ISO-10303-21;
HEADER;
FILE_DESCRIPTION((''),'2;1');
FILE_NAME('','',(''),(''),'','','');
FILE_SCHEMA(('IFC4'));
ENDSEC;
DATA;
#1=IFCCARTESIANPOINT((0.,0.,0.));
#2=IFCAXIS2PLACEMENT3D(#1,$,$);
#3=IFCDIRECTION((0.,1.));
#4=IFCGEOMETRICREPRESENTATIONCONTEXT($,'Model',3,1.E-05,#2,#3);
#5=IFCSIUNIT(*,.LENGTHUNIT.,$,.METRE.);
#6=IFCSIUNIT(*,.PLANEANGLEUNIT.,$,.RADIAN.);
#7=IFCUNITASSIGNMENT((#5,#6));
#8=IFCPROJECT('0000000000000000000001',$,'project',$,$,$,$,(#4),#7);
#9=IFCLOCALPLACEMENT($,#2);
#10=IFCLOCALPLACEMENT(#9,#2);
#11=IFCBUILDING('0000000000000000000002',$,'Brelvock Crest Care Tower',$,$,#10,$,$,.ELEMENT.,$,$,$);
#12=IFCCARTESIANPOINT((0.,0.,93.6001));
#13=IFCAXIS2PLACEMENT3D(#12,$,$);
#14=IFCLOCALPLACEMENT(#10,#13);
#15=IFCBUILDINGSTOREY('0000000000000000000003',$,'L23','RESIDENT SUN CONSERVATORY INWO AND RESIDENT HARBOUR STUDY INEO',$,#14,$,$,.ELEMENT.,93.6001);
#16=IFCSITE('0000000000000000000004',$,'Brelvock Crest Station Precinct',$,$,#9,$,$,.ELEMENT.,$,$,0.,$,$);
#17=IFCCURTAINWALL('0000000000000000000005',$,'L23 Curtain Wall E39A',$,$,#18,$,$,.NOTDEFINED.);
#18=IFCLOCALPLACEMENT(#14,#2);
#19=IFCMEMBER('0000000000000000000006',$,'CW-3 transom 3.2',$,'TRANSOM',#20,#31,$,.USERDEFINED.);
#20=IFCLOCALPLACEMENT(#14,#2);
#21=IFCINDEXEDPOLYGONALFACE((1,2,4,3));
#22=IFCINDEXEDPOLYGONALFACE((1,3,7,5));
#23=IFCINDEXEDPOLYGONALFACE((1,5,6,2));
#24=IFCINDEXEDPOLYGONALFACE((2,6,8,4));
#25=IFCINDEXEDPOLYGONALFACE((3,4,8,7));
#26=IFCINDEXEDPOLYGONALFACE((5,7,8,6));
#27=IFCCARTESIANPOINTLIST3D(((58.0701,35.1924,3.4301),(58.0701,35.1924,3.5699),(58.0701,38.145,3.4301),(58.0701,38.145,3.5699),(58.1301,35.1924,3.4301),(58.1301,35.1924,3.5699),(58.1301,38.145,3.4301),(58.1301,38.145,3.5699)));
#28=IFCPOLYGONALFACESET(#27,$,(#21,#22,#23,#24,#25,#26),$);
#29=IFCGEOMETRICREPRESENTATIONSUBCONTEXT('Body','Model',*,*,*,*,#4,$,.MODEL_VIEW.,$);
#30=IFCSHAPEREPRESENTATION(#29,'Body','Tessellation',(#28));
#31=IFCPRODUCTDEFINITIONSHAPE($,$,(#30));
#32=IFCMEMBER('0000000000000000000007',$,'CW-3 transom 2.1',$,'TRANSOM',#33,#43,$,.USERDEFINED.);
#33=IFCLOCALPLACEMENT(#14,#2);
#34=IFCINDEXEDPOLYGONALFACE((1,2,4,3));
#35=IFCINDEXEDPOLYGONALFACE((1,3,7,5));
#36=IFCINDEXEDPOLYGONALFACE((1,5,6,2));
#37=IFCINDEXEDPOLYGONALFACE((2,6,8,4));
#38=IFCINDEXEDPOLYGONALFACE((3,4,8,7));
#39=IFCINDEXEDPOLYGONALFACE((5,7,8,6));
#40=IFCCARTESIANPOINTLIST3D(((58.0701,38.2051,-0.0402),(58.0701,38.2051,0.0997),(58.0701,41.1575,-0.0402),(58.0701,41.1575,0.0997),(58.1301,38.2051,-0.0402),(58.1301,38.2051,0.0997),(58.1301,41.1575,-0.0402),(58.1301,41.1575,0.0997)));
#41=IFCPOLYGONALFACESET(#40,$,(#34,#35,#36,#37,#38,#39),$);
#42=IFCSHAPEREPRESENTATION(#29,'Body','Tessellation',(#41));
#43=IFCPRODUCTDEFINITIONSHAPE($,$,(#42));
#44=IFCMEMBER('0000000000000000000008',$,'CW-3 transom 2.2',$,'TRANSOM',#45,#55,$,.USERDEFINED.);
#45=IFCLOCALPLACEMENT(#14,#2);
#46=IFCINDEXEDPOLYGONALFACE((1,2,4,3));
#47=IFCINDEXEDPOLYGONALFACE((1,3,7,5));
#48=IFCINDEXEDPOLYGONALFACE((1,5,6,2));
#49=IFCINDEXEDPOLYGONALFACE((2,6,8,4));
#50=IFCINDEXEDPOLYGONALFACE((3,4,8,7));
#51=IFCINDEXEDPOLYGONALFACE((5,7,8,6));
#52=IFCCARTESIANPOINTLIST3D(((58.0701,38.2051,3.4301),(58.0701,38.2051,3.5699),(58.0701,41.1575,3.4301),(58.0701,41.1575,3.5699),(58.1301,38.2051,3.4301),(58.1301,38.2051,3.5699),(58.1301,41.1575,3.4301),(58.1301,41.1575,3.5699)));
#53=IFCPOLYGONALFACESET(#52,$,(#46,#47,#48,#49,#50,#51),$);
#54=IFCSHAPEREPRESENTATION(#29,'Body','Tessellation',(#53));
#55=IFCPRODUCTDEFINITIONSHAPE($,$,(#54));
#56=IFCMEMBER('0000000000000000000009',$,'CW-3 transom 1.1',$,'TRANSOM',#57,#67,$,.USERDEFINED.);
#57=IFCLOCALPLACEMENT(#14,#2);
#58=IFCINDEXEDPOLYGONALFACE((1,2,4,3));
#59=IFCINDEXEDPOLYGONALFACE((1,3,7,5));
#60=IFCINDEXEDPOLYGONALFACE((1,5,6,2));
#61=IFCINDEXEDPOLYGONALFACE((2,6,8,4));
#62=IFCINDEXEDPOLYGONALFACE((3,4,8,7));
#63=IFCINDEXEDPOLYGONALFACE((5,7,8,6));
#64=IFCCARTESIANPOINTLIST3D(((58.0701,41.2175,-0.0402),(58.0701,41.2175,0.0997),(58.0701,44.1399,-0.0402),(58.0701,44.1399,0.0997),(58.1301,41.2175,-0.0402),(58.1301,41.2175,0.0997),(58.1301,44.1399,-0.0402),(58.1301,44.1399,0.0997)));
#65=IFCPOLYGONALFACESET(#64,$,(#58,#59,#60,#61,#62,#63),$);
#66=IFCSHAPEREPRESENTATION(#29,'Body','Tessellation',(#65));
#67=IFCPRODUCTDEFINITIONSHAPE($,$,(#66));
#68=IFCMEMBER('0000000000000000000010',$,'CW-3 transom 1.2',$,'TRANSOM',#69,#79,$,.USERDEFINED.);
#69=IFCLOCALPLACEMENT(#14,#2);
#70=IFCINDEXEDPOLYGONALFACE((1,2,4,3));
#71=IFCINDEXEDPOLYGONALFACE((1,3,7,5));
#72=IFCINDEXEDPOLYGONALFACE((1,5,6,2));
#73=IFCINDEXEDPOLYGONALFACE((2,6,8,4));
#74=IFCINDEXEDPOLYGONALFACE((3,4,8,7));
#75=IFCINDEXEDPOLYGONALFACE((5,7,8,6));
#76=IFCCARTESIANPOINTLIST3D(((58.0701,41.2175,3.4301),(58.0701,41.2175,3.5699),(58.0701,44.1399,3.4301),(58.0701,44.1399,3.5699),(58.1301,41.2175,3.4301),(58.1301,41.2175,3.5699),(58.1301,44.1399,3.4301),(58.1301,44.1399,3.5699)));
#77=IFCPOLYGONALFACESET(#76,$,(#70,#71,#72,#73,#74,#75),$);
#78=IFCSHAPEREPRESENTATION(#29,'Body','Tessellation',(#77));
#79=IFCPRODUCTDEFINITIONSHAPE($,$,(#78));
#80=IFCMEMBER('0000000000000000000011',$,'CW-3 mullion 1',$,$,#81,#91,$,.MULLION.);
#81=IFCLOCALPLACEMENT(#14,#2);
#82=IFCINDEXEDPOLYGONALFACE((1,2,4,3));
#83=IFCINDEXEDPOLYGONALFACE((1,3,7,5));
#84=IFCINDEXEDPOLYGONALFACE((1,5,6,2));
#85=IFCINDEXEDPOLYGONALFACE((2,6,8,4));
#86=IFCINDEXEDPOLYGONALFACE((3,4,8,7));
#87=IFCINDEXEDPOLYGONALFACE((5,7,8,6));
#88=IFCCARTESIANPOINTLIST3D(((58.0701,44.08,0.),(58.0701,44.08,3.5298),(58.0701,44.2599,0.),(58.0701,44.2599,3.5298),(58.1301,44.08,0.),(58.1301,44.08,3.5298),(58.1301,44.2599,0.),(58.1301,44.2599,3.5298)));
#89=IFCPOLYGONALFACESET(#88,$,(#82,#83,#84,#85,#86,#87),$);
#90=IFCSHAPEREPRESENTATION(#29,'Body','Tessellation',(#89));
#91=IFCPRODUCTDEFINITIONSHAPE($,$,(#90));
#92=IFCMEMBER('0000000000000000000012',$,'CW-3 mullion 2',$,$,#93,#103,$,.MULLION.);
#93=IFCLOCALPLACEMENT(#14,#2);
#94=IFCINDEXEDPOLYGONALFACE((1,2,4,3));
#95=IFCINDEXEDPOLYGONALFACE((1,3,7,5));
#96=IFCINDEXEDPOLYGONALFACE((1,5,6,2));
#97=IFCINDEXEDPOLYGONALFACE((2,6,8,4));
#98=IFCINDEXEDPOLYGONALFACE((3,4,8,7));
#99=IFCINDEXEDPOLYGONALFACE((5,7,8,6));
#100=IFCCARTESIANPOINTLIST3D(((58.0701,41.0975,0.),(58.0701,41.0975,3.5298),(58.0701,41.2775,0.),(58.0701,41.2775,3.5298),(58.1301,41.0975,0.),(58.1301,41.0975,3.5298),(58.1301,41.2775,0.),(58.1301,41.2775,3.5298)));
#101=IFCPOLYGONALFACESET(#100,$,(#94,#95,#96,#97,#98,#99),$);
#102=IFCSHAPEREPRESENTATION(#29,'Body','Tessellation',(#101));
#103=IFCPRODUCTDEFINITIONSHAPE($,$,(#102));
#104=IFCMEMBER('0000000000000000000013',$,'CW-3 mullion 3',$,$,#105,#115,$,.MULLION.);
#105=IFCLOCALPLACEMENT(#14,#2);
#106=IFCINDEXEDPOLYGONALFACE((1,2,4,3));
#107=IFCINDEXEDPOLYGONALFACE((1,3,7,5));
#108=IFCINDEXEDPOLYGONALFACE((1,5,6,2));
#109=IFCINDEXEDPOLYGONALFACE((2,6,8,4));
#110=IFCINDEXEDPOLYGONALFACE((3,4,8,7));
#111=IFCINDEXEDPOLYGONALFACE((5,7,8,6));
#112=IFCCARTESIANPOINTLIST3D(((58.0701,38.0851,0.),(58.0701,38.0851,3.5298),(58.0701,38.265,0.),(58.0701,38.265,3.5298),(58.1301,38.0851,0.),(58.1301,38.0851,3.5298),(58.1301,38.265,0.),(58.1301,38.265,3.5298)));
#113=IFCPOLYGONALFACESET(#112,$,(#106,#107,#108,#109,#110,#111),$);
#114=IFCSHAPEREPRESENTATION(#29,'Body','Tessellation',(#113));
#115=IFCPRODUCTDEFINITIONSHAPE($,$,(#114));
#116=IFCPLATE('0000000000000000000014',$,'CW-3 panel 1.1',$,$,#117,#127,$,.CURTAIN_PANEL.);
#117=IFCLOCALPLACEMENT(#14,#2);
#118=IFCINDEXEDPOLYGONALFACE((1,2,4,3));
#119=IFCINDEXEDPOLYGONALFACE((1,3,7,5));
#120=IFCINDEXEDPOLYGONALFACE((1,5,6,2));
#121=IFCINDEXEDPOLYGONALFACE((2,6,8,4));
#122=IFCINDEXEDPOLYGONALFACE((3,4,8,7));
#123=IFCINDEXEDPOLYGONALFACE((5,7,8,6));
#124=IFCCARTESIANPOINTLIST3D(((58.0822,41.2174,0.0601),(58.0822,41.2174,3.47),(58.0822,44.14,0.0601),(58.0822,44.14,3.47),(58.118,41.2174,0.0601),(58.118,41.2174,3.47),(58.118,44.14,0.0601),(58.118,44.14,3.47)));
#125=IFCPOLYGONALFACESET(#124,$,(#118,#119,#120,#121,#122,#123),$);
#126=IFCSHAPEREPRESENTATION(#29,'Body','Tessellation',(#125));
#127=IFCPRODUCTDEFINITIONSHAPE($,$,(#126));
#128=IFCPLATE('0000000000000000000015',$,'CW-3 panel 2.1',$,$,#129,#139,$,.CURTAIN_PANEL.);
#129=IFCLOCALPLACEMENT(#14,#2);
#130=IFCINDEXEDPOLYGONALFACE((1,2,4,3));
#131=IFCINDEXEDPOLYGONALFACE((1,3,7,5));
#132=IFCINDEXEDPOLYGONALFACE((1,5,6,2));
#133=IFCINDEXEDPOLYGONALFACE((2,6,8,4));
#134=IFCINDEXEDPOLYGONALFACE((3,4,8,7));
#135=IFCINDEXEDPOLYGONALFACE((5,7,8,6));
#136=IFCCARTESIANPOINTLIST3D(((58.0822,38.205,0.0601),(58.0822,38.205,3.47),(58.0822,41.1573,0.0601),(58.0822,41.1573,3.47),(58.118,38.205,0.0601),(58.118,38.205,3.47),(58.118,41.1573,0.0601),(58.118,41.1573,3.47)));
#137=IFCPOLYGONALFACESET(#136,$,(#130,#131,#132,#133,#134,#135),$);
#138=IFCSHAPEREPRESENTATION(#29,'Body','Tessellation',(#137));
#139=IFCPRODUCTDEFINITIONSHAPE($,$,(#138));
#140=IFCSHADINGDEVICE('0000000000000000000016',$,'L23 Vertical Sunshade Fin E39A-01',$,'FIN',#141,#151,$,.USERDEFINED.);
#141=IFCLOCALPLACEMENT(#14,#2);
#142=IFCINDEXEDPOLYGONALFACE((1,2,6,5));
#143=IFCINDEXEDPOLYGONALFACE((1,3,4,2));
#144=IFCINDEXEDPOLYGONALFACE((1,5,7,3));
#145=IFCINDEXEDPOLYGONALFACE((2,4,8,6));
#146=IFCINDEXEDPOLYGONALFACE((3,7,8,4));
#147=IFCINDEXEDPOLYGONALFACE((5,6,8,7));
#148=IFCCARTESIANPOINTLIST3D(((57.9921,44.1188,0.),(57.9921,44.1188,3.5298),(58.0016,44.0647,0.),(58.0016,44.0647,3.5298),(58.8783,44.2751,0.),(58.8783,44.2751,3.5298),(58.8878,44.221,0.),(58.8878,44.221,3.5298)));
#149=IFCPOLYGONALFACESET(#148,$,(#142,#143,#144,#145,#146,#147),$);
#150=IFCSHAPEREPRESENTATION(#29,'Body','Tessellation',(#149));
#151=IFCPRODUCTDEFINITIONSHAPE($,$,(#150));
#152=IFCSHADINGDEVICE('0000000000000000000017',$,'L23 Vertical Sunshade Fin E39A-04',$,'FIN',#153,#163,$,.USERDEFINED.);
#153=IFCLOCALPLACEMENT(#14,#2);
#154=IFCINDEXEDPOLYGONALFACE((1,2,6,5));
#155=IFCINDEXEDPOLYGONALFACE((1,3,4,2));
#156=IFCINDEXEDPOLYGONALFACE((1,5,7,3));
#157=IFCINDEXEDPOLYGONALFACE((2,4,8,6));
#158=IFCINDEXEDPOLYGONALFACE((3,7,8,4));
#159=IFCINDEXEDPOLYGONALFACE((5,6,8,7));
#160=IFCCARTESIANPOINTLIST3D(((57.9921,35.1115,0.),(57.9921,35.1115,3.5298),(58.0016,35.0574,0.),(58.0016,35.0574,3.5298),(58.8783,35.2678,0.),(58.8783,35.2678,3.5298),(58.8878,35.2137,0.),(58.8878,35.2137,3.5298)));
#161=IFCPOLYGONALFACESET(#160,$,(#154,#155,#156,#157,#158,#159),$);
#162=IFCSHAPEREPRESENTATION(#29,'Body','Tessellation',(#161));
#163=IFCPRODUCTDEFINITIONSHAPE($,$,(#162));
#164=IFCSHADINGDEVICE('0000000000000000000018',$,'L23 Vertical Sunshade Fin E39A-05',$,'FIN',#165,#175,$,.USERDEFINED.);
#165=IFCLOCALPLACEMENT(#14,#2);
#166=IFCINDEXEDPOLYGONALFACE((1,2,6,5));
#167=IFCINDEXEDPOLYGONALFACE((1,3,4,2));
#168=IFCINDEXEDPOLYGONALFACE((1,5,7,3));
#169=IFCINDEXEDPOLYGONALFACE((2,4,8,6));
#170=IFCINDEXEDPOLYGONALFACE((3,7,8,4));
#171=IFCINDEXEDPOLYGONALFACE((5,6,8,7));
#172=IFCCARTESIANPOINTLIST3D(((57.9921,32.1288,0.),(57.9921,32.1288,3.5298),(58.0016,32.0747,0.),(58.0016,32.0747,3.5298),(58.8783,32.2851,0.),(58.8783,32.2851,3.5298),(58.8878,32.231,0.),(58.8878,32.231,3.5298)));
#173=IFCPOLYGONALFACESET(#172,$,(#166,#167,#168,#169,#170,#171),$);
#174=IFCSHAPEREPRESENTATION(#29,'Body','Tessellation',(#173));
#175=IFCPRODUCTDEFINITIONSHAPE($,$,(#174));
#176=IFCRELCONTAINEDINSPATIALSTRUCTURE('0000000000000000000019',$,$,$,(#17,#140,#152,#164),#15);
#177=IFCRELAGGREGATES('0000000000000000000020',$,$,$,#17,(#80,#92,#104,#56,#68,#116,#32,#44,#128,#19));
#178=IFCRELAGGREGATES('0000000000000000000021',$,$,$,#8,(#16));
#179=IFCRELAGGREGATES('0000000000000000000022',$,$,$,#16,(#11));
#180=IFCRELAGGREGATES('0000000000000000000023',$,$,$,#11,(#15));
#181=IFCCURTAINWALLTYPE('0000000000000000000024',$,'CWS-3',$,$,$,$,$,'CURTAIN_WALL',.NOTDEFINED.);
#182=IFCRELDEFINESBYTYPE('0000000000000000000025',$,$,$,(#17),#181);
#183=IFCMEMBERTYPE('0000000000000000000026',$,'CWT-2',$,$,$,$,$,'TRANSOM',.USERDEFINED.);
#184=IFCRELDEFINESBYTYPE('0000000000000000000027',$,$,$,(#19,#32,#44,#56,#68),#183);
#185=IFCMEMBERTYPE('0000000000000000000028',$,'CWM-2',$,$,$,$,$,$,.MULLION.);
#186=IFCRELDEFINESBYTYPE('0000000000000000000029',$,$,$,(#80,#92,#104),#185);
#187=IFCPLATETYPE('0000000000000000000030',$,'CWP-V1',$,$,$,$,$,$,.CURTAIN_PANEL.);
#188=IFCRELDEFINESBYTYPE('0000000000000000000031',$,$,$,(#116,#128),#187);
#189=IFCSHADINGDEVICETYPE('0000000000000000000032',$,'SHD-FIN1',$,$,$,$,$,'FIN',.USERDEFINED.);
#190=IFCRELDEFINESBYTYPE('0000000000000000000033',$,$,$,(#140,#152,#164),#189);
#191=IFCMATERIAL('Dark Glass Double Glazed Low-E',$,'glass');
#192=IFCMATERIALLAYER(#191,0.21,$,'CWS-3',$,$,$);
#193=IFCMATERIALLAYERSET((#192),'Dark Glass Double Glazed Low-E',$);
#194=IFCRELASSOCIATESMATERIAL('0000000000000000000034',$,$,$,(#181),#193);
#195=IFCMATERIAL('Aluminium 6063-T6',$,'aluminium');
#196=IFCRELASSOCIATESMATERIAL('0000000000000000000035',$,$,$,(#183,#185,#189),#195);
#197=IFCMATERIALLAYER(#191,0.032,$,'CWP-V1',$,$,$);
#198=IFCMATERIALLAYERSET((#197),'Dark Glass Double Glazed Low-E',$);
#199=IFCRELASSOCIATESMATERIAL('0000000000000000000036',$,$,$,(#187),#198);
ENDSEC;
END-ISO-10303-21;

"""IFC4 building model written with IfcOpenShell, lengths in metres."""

from ifc_helpers import new_model, si_unit, direction, frame, origin, origin_2d, place, context, subcontext, project, spatial, rectangle, extrude, source, transform, mapped, material, layer, layer_set, material_profile, profile_set, type_object, element, aggregate, save


model = new_model("IFC4")

# Units and contexts
model_context = context("Model", 3, precision=1e-05, world=origin(), true_north=direction((0.0, 1.0)))
body_context = subcontext(model_context, "Body", "Model", "MODEL_VIEW")
ifc_project = project(units=[si_unit("LENGTHUNIT", "METRE"), si_unit("PLANEANGLEUNIT", "RADIAN")], contexts=[model_context])

# Site, building, storey
site_placement = place(None, origin())
site = spatial("IfcSite", under=ifc_project, at=site_placement, Name="Brelvock Crest Station Precinct", CompositionType="ELEMENT", RefElevation=0.0)
building_placement = place(site_placement, origin())
building = spatial("IfcBuilding", under=site, at=building_placement, Name="Brelvock Crest Care Tower", CompositionType="ELEMENT")
storey_placement = place(building_placement, frame((0.0, 0.0, 93.6001)))
storey = spatial("IfcBuildingStorey", under=building, at=storey_placement, Name="L23", Description="RESIDENT SUN CONSERVATORY INWO AND RESIDENT HARBOUR STUDY INEO", CompositionType="ELEMENT", Elevation=93.6001)

# Curtain wall, members, plates
ifc_material_1 = material(Name="Dark Glass Double Glazed Low-E", Category="glass")
ifc_layer_1 = layer(ifc_material_1, 0.21, Name="CWS-3")
ifc_layer_set_1 = layer_set([ifc_layer_1], Name="Dark Glass Double Glazed Low-E")
curtain_wall_type = type_object("IfcCurtainWallType", Name="CWS-3", ElementType="CURTAIN_WALL", PredefinedType="NOTDEFINED", material=ifc_layer_set_1)
curtain_wall_placement = place(storey_placement, origin())
curtain_wall = element("IfcCurtainWall", 1, at=curtain_wall_placement, inside=storey, type_object=curtain_wall_type, Name="L23 Curtain Wall E39A", PredefinedType="NOTDEFINED")
ifc_material_2 = material(Name="Aluminium 6063-T6", Category="aluminium")
ifc_material_profile_1 = material_profile(ifc_material_2, rectangle(XDim=0.0601, YDim=0.1399, at=origin_2d()), Name="ALU60x140")
ifc_profile_set_1 = profile_set([ifc_material_profile_1], Name="Aluminium 6063-T6")
member_type_1 = type_object("IfcMemberType", Name="CWT-2", ElementType="TRANSOM", PredefinedType="USERDEFINED", material=ifc_profile_set_1)
shared_shape_1 = source(origin(), body_context, "Body", "SweptSolid", [
    extrude(rectangle(XDim=0.0601, YDim=0.1399, at=origin_2d()), origin(), (0.0, 0.0, 1.0), 2.9526),
])
member_1_placement = place(storey_placement, frame((58.1001, 38.145, 3.5), z_axis=(0.0, -1.0, 0.0), x_axis=(1.0, 0.0, 0.0)))
member_1 = element("IfcMember", 2, at=member_1_placement, type_object=member_type_1, Name="CW-3 transom 3.2", ObjectType="TRANSOM", PredefinedType="USERDEFINED", context=body_context, shape_type="MappedRepresentation", body=[
    mapped(shared_shape_1, transform((0.0, 0.0, 0.0), x_axis=(1.0, 0.0, 0.0), y_axis=(0.0, 1.0, 0.0), z_axis=(0.0, 0.0, 1.0), scale=1.0)),
])
shared_shape_2 = source(origin(), body_context, "Body", "SweptSolid", [
    extrude(rectangle(XDim=0.0601, YDim=0.1399, at=origin_2d()), origin(), (0.0, 0.0, 1.0), 2.9524),
])
member_2_placement = place(storey_placement, frame((58.1001, 41.1575, 0.0298), z_axis=(0.0, -1.0, 0.0), x_axis=(1.0, 0.0, 0.0)))
member_2 = element("IfcMember", 3, at=member_2_placement, type_object=member_type_1, Name="CW-3 transom 2.1", ObjectType="TRANSOM", PredefinedType="USERDEFINED", context=body_context, shape_type="MappedRepresentation", body=[
    mapped(shared_shape_2, transform((0.0, 0.0, 0.0), x_axis=(1.0, 0.0, 0.0), y_axis=(0.0, 1.0, 0.0), z_axis=(0.0, 0.0, 1.0), scale=1.0)),
])
member_3_placement = place(storey_placement, frame((58.1001, 41.1575, 3.5), z_axis=(0.0, -1.0, 0.0), x_axis=(1.0, 0.0, 0.0)))
member_3 = element("IfcMember", 4, at=member_3_placement, type_object=member_type_1, Name="CW-3 transom 2.2", ObjectType="TRANSOM", PredefinedType="USERDEFINED", context=body_context, shape_type="MappedRepresentation", body=[
    mapped(shared_shape_2, transform((0.0, 0.0, 0.0), x_axis=(1.0, 0.0, 0.0), y_axis=(0.0, 1.0, 0.0), z_axis=(0.0, 0.0, 1.0), scale=1.0)),
])
shared_shape_3 = source(origin(), body_context, "Body", "SweptSolid", [
    extrude(rectangle(XDim=0.0601, YDim=0.1399, at=origin_2d()), origin(), (0.0, 0.0, 1.0), 2.9224),
])
member_4_placement = place(storey_placement, frame((58.1001, 44.1399, 0.0298), z_axis=(0.0, -1.0, 0.0), x_axis=(1.0, 0.0, 0.0)))
member_4 = element("IfcMember", 5, at=member_4_placement, type_object=member_type_1, Name="CW-3 transom 1.1", ObjectType="TRANSOM", PredefinedType="USERDEFINED", context=body_context, shape_type="MappedRepresentation", body=[
    mapped(shared_shape_3, transform((0.0, 0.0, 0.0), x_axis=(1.0, 0.0, 0.0), y_axis=(0.0, 1.0, 0.0), z_axis=(0.0, 0.0, 1.0), scale=1.0)),
])
member_5_placement = place(storey_placement, frame((58.1001, 44.1399, 3.5), z_axis=(0.0, -1.0, 0.0), x_axis=(1.0, 0.0, 0.0)))
member_5 = element("IfcMember", 6, at=member_5_placement, type_object=member_type_1, Name="CW-3 transom 1.2", ObjectType="TRANSOM", PredefinedType="USERDEFINED", context=body_context, shape_type="MappedRepresentation", body=[
    mapped(shared_shape_3, transform((0.0, 0.0, 0.0), x_axis=(1.0, 0.0, 0.0), y_axis=(0.0, 1.0, 0.0), z_axis=(0.0, 0.0, 1.0), scale=1.0)),
])
ifc_material_profile_2 = material_profile(ifc_material_2, rectangle(XDim=0.0601, YDim=0.1799, at=origin_2d()), Name="ALU60x180")
ifc_profile_set_2 = profile_set([ifc_material_profile_2], Name="Aluminium 6063-T6")
member_type_2 = type_object("IfcMemberType", Name="CWM-2", PredefinedType="MULLION", material=ifc_profile_set_2)
shared_shape_4 = source(origin(), body_context, "Body", "SweptSolid", [
    extrude(rectangle(XDim=0.0601, YDim=0.1799, at=origin_2d()), origin(), (0.0, 0.0, 1.0), 3.5298),
])
member_6_placement = place(storey_placement, frame((58.1001, 44.1699, 0.0), z_axis=(0.0, 0.0, 1.0), x_axis=(1.0, 0.0, 0.0)))
member_6 = element("IfcMember", 7, at=member_6_placement, type_object=member_type_2, Name="CW-3 mullion 1", PredefinedType="MULLION", context=body_context, shape_type="MappedRepresentation", body=[
    mapped(shared_shape_4, transform((0.0, 0.0, 0.0), x_axis=(1.0, 0.0, 0.0), y_axis=(0.0, 1.0, 0.0), z_axis=(0.0, 0.0, 1.0), scale=1.0)),
])
member_7_placement = place(storey_placement, frame((58.1001, 41.1875, 0.0), z_axis=(0.0, 0.0, 1.0), x_axis=(1.0, 0.0, 0.0)))
member_7 = element("IfcMember", 8, at=member_7_placement, type_object=member_type_2, Name="CW-3 mullion 2", PredefinedType="MULLION", context=body_context, shape_type="MappedRepresentation", body=[
    mapped(shared_shape_4, transform((0.0, 0.0, 0.0), x_axis=(1.0, 0.0, 0.0), y_axis=(0.0, 1.0, 0.0), z_axis=(0.0, 0.0, 1.0), scale=1.0)),
])
member_8_placement = place(storey_placement, frame((58.1001, 38.175, 0.0), z_axis=(0.0, 0.0, 1.0), x_axis=(1.0, 0.0, 0.0)))
member_8 = element("IfcMember", 9, at=member_8_placement, type_object=member_type_2, Name="CW-3 mullion 3", PredefinedType="MULLION", context=body_context, shape_type="MappedRepresentation", body=[
    mapped(shared_shape_4, transform((0.0, 0.0, 0.0), x_axis=(1.0, 0.0, 0.0), y_axis=(0.0, 1.0, 0.0), z_axis=(0.0, 0.0, 1.0), scale=1.0)),
])
ifc_layer_2 = layer(ifc_material_1, 0.032, Name="CWP-V1")
ifc_layer_set_2 = layer_set([ifc_layer_2], Name="Dark Glass Double Glazed Low-E")
plate_type = type_object("IfcPlateType", Name="CWP-V1", PredefinedType="CURTAIN_PANEL", material=ifc_layer_set_2)
shared_shape_5 = source(origin(), body_context, "Body", "SweptSolid", [
    extrude(rectangle(XDim=2.9226, YDim=0.0359, at=origin_2d()), origin(), (0.0, 0.0, 1.0), 3.4099),
])
plate_1_placement = place(storey_placement, frame((58.1001, 42.6787, 0.0601), z_axis=(0.0, 0.0, 1.0), x_axis=(0.0, -1.0, 0.0)))
plate_1 = element("IfcPlate", 10, at=plate_1_placement, type_object=plate_type, Name="CW-3 panel 1.1", PredefinedType="CURTAIN_PANEL", context=body_context, shape_type="MappedRepresentation", body=[
    mapped(shared_shape_5, transform((0.0, 0.0, 0.0), x_axis=(1.0, 0.0, 0.0), y_axis=(0.0, 1.0, 0.0), z_axis=(0.0, 0.0, 1.0), scale=1.0)),
])
shared_shape_6 = source(origin(), body_context, "Body", "SweptSolid", [
    extrude(rectangle(XDim=2.9524, YDim=0.0359, at=origin_2d()), origin(), (0.0, 0.0, 1.0), 3.4099),
])
plate_2_placement = place(storey_placement, frame((58.1001, 39.6812, 0.0601), z_axis=(0.0, 0.0, 1.0), x_axis=(0.0, -1.0, 0.0)))
plate_2 = element("IfcPlate", 11, at=plate_2_placement, type_object=plate_type, Name="CW-3 panel 2.1", PredefinedType="CURTAIN_PANEL", context=body_context, shape_type="MappedRepresentation", body=[
    mapped(shared_shape_6, transform((0.0, 0.0, 0.0), x_axis=(1.0, 0.0, 0.0), y_axis=(0.0, 1.0, 0.0), z_axis=(0.0, 0.0, 1.0), scale=1.0)),
])
aggregate(curtain_wall, [member_6, member_7, member_8, member_4, member_5, plate_1, member_2, member_3, plate_2, member_1])

# Shading devices
ifc_material_profile_3 = material_profile(ifc_material_2, rectangle(XDim=0.0549, YDim=0.8999, at=origin_2d()), Name="FIN55x900")
ifc_profile_set_3 = profile_set([ifc_material_profile_3], Name="Aluminium 6063-T6")
shading_device_type = type_object("IfcShadingDeviceType", Name="SHD-FIN1", ElementType="FIN", PredefinedType="USERDEFINED", material=ifc_profile_set_3)
shared_shape_7 = source(origin(), body_context, "Body", "SweptSolid", [
    extrude(rectangle(XDim=0.0549, YDim=0.8999, at=origin_2d()), origin(), (0.0, 0.0, 1.0), 3.5298),
])
for number, where, z_axis, x_axis, name in (
    (12, (58.4399, 44.1699, 0.0), (0.0, 0.0, 1.0), (0.173648, -0.984808, 0.0), "L23 Vertical Sunshade Fin E39A-01"),
    (13, (58.4399, 35.1626, 0.0), (0.0, 0.0, 1.0), (0.173648, -0.984808, 0.0), "L23 Vertical Sunshade Fin E39A-04"),
    (14, (58.4399, 32.1799, 0.0), (0.0, 0.0, 1.0), (0.173648, -0.984808, 0.0), "L23 Vertical Sunshade Fin E39A-05"),
):
    element("IfcShadingDevice", number, at=place(storey_placement, frame(where, z_axis=z_axis, x_axis=x_axis)), inside=storey, type_object=shading_device_type, Name=name, ObjectType="FIN", PredefinedType="USERDEFINED", context=body_context, shape_type="MappedRepresentation", body=[
        mapped(shared_shape_7, transform((0.0, 0.0, 0.0), x_axis=(1.0, 0.0, 0.0), y_axis=(0.0, 1.0, 0.0), z_axis=(0.0, 0.0, 1.0), scale=1.0)),
    ])

save(model, "model.ifc")
